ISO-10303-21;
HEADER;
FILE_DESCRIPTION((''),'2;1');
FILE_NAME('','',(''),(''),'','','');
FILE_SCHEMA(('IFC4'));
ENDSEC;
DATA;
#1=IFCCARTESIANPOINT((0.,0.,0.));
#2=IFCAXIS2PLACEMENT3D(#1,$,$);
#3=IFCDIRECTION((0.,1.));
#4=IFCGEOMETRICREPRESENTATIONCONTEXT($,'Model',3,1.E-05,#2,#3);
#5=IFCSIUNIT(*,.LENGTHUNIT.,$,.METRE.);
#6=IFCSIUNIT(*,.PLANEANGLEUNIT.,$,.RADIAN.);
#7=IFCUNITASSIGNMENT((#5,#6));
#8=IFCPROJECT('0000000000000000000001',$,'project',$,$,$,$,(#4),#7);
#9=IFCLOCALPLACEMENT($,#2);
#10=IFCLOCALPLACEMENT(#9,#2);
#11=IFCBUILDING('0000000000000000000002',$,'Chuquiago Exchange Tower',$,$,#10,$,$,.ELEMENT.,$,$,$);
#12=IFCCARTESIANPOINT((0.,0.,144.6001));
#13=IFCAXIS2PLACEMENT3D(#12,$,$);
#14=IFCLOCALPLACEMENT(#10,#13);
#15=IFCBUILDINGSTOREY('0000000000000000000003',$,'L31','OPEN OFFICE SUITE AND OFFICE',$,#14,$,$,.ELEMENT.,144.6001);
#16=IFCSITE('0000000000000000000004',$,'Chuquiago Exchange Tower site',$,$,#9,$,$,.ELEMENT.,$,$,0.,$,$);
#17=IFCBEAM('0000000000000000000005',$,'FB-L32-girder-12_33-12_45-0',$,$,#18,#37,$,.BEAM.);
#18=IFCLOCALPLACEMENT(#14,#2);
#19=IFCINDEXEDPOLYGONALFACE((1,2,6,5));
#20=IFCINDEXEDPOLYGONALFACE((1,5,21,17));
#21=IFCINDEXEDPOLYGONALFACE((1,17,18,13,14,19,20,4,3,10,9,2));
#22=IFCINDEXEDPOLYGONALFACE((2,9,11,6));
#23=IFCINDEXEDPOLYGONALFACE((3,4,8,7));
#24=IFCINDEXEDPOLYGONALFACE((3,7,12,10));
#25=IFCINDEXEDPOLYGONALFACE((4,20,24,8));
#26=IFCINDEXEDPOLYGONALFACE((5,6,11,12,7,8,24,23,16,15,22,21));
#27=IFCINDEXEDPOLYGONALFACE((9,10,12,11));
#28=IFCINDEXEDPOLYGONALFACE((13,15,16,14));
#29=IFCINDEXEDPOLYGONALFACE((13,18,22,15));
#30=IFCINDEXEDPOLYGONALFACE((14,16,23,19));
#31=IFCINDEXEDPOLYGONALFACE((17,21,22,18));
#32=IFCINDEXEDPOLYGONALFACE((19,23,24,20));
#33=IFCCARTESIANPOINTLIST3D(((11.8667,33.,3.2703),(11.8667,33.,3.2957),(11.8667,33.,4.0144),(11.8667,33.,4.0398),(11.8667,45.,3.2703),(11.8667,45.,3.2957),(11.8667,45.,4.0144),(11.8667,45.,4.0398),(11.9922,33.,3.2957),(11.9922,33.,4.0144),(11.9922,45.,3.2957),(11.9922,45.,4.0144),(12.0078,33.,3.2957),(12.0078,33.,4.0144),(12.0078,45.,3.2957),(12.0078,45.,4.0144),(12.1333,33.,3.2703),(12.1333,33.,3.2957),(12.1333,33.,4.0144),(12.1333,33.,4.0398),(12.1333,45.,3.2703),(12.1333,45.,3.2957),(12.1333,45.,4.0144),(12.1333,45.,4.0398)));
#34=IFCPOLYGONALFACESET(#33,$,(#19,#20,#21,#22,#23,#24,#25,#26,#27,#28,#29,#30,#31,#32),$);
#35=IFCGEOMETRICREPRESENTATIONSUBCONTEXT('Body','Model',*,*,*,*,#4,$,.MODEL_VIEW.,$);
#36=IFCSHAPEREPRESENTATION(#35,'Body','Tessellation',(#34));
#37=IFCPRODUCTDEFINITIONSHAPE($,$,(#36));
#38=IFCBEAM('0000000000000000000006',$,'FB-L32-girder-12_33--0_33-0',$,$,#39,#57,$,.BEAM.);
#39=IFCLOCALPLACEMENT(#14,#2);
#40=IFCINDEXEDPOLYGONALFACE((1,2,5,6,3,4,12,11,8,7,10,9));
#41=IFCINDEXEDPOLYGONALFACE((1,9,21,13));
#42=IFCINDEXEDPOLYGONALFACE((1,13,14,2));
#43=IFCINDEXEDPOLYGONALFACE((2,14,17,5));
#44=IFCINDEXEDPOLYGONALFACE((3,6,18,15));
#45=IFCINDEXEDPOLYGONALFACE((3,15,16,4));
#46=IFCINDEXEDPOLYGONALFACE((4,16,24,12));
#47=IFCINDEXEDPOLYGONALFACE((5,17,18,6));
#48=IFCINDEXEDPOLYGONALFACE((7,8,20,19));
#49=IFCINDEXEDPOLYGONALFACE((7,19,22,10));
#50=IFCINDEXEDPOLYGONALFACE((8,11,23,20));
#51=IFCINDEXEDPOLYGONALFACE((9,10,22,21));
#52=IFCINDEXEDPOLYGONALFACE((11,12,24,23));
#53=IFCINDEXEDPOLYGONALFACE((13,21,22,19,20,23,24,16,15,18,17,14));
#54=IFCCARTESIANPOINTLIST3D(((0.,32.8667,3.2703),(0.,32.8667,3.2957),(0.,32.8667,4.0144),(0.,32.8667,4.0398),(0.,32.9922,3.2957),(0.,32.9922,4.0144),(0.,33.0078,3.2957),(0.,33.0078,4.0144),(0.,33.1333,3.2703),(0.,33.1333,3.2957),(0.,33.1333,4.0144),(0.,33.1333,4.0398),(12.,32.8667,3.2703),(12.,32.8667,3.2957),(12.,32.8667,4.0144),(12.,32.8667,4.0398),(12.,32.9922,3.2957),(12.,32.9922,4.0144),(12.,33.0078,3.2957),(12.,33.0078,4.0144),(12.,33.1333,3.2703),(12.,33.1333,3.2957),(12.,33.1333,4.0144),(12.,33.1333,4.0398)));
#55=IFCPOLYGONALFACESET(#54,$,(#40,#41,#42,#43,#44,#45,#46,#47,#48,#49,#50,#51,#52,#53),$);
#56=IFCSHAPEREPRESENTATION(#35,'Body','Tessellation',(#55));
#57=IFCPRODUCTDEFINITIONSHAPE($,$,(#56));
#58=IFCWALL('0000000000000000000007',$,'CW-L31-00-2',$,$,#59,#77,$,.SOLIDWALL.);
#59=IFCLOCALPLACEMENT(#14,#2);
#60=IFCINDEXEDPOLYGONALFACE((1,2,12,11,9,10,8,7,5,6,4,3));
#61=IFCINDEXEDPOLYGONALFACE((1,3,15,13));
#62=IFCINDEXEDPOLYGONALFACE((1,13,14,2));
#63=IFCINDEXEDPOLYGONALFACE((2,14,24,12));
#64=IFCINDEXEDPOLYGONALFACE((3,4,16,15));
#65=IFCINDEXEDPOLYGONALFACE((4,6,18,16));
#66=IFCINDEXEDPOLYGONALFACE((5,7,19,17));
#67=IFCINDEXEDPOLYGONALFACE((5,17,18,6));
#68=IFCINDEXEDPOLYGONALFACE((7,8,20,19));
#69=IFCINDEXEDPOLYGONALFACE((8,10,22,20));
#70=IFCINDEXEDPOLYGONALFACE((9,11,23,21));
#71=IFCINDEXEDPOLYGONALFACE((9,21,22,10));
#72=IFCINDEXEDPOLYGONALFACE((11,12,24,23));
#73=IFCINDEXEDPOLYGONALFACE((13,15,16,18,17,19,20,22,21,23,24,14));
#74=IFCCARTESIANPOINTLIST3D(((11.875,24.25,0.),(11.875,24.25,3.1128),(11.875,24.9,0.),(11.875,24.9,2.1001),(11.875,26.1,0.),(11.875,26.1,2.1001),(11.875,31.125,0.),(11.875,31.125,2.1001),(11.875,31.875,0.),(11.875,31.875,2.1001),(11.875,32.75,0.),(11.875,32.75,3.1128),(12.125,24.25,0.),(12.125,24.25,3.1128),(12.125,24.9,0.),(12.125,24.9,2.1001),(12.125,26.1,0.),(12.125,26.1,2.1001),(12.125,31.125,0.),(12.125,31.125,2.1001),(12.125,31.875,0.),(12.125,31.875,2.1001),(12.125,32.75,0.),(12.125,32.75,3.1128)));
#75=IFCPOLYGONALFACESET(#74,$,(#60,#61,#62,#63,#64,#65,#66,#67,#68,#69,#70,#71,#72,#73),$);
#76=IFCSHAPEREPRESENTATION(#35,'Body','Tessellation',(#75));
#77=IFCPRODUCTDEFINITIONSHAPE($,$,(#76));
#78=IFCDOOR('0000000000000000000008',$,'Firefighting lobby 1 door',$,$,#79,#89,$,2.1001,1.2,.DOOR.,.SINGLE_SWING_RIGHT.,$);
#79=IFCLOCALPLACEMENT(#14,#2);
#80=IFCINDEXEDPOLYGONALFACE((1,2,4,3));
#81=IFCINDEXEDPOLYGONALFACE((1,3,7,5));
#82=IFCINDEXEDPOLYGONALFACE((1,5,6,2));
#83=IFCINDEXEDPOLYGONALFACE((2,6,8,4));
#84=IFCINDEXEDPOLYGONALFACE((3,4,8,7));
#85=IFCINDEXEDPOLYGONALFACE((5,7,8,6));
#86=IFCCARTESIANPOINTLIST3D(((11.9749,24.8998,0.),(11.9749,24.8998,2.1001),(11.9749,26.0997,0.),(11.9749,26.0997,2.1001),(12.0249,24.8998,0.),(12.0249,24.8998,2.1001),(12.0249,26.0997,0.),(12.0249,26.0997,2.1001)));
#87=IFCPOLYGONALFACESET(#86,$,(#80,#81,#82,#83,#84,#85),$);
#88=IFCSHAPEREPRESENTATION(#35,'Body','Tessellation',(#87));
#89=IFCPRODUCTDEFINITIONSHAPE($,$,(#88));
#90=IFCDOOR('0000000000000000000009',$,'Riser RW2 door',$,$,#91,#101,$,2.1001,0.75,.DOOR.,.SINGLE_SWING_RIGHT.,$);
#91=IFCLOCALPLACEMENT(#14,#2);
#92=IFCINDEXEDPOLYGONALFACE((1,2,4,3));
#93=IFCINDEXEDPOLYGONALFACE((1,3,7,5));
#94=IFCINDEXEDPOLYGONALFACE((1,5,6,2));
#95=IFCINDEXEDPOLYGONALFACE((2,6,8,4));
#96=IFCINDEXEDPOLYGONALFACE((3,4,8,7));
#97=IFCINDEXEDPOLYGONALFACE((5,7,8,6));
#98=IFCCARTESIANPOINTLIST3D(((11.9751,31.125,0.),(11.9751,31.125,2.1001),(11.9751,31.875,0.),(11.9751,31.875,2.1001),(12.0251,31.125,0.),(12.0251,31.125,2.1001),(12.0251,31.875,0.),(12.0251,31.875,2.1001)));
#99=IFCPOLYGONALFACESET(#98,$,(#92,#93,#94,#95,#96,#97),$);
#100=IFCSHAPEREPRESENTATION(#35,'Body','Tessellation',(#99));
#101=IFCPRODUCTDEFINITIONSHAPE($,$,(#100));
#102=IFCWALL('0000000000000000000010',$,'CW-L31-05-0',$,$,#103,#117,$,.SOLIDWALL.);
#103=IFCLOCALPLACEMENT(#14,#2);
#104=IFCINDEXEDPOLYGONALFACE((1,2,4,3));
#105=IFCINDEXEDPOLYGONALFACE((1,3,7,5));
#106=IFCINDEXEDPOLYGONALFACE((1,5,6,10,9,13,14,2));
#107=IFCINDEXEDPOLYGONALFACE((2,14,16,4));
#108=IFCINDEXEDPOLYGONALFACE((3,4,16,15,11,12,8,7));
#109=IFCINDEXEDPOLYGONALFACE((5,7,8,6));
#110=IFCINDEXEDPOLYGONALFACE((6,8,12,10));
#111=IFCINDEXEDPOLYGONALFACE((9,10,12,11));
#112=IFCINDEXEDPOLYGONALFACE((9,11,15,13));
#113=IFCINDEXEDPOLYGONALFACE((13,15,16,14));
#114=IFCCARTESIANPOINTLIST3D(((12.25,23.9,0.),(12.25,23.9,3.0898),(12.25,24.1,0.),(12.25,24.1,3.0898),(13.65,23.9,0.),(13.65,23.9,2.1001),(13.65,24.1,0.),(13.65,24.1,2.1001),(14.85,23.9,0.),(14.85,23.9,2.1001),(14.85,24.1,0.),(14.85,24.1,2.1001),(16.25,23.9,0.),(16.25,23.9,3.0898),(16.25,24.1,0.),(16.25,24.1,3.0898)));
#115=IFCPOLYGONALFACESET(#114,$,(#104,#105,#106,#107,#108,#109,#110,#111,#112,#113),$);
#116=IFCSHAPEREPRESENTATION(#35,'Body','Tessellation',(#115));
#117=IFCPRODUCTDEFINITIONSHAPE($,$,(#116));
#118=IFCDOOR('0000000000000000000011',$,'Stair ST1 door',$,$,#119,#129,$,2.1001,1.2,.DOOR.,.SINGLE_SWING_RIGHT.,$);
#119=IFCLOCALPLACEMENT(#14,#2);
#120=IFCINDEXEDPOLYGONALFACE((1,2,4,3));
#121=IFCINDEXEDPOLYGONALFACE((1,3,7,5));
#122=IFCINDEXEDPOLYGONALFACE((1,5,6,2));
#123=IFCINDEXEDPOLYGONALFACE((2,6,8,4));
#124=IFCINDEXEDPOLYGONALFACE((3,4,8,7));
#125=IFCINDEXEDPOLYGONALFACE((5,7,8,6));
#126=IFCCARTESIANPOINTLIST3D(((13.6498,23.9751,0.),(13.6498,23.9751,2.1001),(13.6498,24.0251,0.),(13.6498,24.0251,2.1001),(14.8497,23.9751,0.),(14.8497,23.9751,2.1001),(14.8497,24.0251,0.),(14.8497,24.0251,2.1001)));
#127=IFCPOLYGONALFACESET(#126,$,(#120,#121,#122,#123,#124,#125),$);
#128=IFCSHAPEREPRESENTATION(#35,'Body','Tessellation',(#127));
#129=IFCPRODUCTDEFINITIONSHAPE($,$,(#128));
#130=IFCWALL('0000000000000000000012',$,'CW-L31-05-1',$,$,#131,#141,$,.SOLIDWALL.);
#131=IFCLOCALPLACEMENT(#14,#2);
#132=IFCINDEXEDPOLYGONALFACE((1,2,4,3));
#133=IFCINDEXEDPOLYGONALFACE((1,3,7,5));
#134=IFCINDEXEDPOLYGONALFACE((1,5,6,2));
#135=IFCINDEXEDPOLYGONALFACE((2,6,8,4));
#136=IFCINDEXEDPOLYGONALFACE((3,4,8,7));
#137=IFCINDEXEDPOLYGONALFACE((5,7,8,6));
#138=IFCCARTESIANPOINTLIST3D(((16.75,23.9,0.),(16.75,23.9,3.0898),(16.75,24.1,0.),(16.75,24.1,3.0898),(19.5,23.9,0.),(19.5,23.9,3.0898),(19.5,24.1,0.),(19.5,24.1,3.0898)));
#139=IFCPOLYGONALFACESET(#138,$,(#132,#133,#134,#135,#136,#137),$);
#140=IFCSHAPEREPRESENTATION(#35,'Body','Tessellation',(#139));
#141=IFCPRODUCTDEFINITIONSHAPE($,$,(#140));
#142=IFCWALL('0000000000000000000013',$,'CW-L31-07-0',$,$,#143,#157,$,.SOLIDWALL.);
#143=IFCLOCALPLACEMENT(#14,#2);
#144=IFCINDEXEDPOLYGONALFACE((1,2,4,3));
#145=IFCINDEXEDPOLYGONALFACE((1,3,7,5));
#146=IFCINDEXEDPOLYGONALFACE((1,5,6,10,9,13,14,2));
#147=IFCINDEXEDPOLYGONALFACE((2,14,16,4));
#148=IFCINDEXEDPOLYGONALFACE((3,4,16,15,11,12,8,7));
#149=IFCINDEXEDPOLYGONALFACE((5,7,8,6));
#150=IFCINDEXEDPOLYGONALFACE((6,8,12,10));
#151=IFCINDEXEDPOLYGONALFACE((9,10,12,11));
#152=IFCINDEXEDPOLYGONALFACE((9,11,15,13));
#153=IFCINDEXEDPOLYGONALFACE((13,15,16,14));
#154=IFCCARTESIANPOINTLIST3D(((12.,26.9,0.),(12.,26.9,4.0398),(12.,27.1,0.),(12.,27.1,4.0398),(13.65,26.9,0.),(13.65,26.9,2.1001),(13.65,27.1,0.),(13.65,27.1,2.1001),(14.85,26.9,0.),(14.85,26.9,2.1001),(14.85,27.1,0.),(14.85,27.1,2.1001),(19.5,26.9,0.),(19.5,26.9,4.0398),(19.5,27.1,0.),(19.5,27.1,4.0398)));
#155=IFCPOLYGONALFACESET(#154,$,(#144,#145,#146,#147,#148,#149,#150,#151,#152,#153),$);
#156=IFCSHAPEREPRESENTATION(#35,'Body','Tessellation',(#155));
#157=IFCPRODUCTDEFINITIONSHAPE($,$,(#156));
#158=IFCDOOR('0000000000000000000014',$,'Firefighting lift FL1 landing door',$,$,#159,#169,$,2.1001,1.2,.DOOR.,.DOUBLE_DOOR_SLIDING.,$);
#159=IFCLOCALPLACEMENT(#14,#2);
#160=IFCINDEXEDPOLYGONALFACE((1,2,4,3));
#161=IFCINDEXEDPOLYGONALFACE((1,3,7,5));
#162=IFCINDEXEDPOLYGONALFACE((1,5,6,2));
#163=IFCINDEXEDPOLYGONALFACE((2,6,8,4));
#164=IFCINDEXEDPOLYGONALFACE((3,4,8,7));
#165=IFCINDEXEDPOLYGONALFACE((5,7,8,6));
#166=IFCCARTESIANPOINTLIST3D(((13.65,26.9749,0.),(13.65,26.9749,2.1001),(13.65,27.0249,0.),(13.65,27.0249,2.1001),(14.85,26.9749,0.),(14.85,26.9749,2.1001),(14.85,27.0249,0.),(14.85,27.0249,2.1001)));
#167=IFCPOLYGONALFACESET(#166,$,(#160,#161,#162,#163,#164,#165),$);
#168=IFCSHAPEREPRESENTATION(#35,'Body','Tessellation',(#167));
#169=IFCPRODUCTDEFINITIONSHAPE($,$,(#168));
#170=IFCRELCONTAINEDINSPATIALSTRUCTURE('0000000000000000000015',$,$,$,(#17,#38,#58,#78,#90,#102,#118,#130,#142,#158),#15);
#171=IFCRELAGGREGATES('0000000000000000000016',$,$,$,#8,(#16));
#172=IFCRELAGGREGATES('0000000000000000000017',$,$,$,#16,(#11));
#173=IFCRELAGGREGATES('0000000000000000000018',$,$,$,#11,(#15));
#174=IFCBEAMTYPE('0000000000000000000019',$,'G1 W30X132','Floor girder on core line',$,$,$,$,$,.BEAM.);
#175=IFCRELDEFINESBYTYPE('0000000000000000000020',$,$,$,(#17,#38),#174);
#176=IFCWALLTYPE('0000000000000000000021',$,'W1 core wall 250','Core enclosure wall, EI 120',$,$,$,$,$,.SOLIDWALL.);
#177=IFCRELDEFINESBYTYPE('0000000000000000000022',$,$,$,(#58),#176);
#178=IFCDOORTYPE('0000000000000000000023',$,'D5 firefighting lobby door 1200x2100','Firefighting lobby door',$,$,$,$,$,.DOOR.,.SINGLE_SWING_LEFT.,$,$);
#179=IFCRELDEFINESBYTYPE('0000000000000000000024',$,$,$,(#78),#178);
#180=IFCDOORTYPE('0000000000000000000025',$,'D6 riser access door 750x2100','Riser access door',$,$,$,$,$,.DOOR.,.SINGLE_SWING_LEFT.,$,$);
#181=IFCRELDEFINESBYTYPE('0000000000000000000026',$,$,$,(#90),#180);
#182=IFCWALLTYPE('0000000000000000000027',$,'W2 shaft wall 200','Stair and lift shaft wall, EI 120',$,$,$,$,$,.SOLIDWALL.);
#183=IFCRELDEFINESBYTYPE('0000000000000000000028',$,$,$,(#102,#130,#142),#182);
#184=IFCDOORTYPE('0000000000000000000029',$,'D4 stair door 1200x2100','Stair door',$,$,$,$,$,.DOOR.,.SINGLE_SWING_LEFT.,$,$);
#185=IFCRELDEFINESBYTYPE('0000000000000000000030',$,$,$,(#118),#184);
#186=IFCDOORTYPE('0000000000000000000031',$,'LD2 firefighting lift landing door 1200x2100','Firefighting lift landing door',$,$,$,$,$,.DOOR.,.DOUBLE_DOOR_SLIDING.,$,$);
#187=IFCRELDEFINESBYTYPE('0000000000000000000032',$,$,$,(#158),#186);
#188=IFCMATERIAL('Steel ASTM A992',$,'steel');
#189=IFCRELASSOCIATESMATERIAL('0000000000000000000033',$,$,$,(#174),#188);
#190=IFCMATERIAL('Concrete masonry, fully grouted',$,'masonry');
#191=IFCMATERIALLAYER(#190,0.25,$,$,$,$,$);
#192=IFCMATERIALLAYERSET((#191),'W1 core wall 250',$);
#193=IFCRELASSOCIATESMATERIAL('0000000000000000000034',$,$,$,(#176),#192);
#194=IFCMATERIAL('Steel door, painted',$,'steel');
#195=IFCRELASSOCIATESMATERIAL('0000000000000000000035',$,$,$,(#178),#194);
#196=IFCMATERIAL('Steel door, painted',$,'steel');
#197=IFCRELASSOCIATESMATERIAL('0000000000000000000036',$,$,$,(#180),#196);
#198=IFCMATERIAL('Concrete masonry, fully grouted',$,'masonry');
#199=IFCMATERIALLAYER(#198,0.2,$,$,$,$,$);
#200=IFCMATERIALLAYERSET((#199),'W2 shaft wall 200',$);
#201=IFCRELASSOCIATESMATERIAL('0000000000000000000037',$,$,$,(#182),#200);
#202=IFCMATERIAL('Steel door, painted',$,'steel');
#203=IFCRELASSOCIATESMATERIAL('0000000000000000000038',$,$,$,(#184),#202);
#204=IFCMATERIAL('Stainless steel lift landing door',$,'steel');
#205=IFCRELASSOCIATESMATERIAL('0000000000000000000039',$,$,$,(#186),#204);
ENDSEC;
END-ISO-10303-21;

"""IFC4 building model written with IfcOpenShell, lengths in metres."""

from ifc_helpers import new_model, si_unit, direction, frame, frame_2d, origin, origin_2d, place, context, subcontext, project, spatial, rectangle, i_section, extrude, material, layer, layer_set, material_profile, profile_set, type_object, element, fill, save


model = new_model("IFC4")

# Units and contexts
model_context = context("Model", 3, precision=1e-05, world=origin(), true_north=direction((0.0, 1.0)))
body_context = subcontext(model_context, "Body", "Model", "MODEL_VIEW")
ifc_project = project(units=[si_unit("LENGTHUNIT", "METRE"), si_unit("PLANEANGLEUNIT", "RADIAN")], contexts=[model_context])

# Site, building, storey
site_placement = place(None, origin())
site = spatial("IfcSite", under=ifc_project, at=site_placement, Name="Chuquiago Exchange Tower site", CompositionType="ELEMENT", RefElevation=0.0)
building_placement = place(site_placement, origin())
building = spatial("IfcBuilding", under=site, at=building_placement, Name="Chuquiago Exchange Tower", CompositionType="ELEMENT")
storey_placement = place(building_placement, frame((0.0, 0.0, 144.6001)))
storey = spatial("IfcBuildingStorey", under=building, at=storey_placement, Name="L31", Description="OPEN OFFICE SUITE AND OFFICE", CompositionType="ELEMENT", Elevation=144.6001)

# Beams
ifc_material_1 = material(Name="Steel ASTM A992", Category="steel")
ifc_material_profile_1 = material_profile(ifc_material_1, i_section(OverallWidth=0.2666, OverallDepth=0.7695, WebThickness=0.0156, FlangeThickness=0.0254, at=origin_2d()), Name="W30X132")
ifc_profile_set_1 = profile_set([ifc_material_profile_1], Name="Steel ASTM A992")
beam_type_1 = type_object("IfcBeamType", Name="G1 W30X132", Description="Floor girder on core line", PredefinedType="BEAM", material=ifc_profile_set_1)
for number, where, z_axis, x_axis, name in (
    (1, (12.0, 33.0, 3.655), (0.0, 1.0, 0.0), (-1.0, 0.0, 0.0), "FB-L32-girder-12_33-12_45-0"),
    (2, (12.0, 33.0, 3.655), (-1.0, 0.0, 0.0), (0.0, -1.0, 0.0), "FB-L32-girder-12_33--0_33-0"),
):
    element("IfcBeam", number, at=place(storey_placement, frame(where, z_axis=z_axis, x_axis=x_axis)), inside=storey, type_object=beam_type_1, Name=name, PredefinedType="BEAM", context=body_context, shape_type="SweptSolid", body=[
        extrude(i_section(OverallWidth=0.2666, OverallDepth=0.7695, WebThickness=0.0156, FlangeThickness=0.0254, at=origin_2d()), origin(), (0.0, 0.0, 1.0), 12.0),
    ])

# Wall, openings, doors
ifc_material_2 = material(Name="Concrete masonry, fully grouted", Category="masonry")
ifc_layer_1 = layer(ifc_material_2, 0.25)
ifc_layer_set_1 = layer_set([ifc_layer_1], Name="W1 core wall 250")
wall_type_1 = type_object("IfcWallType", Name="W1 core wall 250", Description="Core enclosure wall, EI 120", PredefinedType="SOLIDWALL", material=ifc_layer_set_1)
wall_1_placement = place(storey_placement, frame((12.0, 24.25, 0.0), z_axis=(0.0, 0.0, 1.0), x_axis=(0.0, 1.0, 0.0)))
wall_1 = element("IfcWall", 3, at=wall_1_placement, inside=storey, type_object=wall_type_1, Name="CW-L31-00-2", PredefinedType="SOLIDWALL", context=body_context, shape_type="SweptSolid", body=[
    extrude(rectangle(XDim=8.5, YDim=0.25, at=frame_2d((4.25, 0.0))), origin(), (0.0, 0.0, 1.0), 3.1128),
])
opening_1_placement = place(wall_1_placement, frame((0.6499, 0.0, 0.0)))
opening_1 = element("IfcOpeningElement", 4, at=opening_1_placement, cuts=wall_1, PredefinedType="OPENING", context=body_context, shape_type="SweptSolid", body=[
    extrude(rectangle(XDim=1.2, YDim=2.1001, at=frame_2d((0.6001, 1.05))), frame((0.0, 0.135, 0.0), z_axis=(0.0, -1.0, 0.0), x_axis=(1.0, 0.0, 0.0)), (0.0, 0.0, 1.0), 0.27),
])
opening_2_placement = place(wall_1_placement, frame((6.875, 0.0, 0.0)))
opening_2 = element("IfcOpeningElement", 5, at=opening_2_placement, cuts=wall_1, PredefinedType="OPENING", context=body_context, shape_type="SweptSolid", body=[
    extrude(rectangle(XDim=0.75, YDim=2.1001, at=frame_2d((0.375, 1.05))), frame((0.0, 0.135, 0.0), z_axis=(0.0, -1.0, 0.0), x_axis=(1.0, 0.0, 0.0)), (0.0, 0.0, 1.0), 0.27),
])
ifc_material_3 = material(Name="Steel door, painted", Category="steel")
door_type_1 = type_object("IfcDoorType", Name="D5 firefighting lobby door 1200x2100", Description="Firefighting lobby door", OperationType="SINGLE_SWING_LEFT", PredefinedType="DOOR", material=ifc_material_3)
door_1_placement = place(opening_1_placement, frame((1.2, 0.0, 0.0), z_axis=(0.0, 0.0, 1.0), x_axis=(-1.0, 0.0, 0.0)))
door_1 = element("IfcDoor", 6, at=door_1_placement, inside=storey, type_object=door_type_1, Name="Firefighting lobby 1 door", OperationType="SINGLE_SWING_RIGHT", OverallHeight=2.1001, OverallWidth=1.2, PredefinedType="DOOR", context=body_context, shape_type="SweptSolid", body=[
    extrude(rectangle(XDim=1.2, YDim=2.1001, at=frame_2d((0.6001, 1.05))), frame((0.0, 0.0249, 0.0), z_axis=(0.0, -1.0, 0.0), x_axis=(1.0, 0.0, 0.0)), (0.0, 0.0, 1.0), 0.05),
])
fill(opening_1, door_1)
ifc_material_4 = material(Name="Steel door, painted", Category="steel")
door_type_2 = type_object("IfcDoorType", Name="D6 riser access door 750x2100", Description="Riser access door", OperationType="SINGLE_SWING_LEFT", PredefinedType="DOOR", material=ifc_material_4)
door_2_placement = place(opening_2_placement, origin())
door_2 = element("IfcDoor", 7, at=door_2_placement, inside=storey, type_object=door_type_2, Name="Riser RW2 door", OperationType="SINGLE_SWING_RIGHT", OverallHeight=2.1001, OverallWidth=0.75, PredefinedType="DOOR", context=body_context, shape_type="SweptSolid", body=[
    extrude(rectangle(XDim=0.75, YDim=2.1001, at=frame_2d((0.375, 1.05))), frame((0.0, 0.0249, 0.0), z_axis=(0.0, -1.0, 0.0), x_axis=(1.0, 0.0, 0.0)), (0.0, 0.0, 1.0), 0.05),
])
fill(opening_2, door_2)

# Wall, opening, door
ifc_material_5 = material(Name="Concrete masonry, fully grouted", Category="masonry")
ifc_layer_2 = layer(ifc_material_5, 0.2)
ifc_layer_set_2 = layer_set([ifc_layer_2], Name="W2 shaft wall 200")
wall_type_2 = type_object("IfcWallType", Name="W2 shaft wall 200", Description="Stair and lift shaft wall, EI 120", PredefinedType="SOLIDWALL", material=ifc_layer_set_2)
wall_2_placement = place(storey_placement, frame((12.25, 24.0, 0.0), z_axis=(0.0, 0.0, 1.0), x_axis=(1.0, 0.0, 0.0)))
wall_2 = element("IfcWall", 8, at=wall_2_placement, inside=storey, type_object=wall_type_2, Name="CW-L31-05-0", PredefinedType="SOLIDWALL", context=body_context, shape_type="SweptSolid", body=[
    extrude(rectangle(XDim=4.0, YDim=0.2, at=frame_2d((2.0, 0.0))), origin(), (0.0, 0.0, 1.0), 3.0898),
])
opening_3_placement = place(wall_2_placement, frame((1.3999, 0.0, 0.0)))
opening_3 = element("IfcOpeningElement", 9, at=opening_3_placement, cuts=wall_2, PredefinedType="OPENING", context=body_context, shape_type="SweptSolid", body=[
    extrude(rectangle(XDim=1.2, YDim=2.1001, at=frame_2d((0.6001, 1.05))), frame((0.0, 0.1099, 0.0), z_axis=(0.0, -1.0, 0.0), x_axis=(1.0, 0.0, 0.0)), (0.0, 0.0, 1.0), 0.22),
])
ifc_material_6 = material(Name="Steel door, painted", Category="steel")
door_type_3 = type_object("IfcDoorType", Name="D4 stair door 1200x2100", Description="Stair door", OperationType="SINGLE_SWING_LEFT", PredefinedType="DOOR", material=ifc_material_6)
door_3_placement = place(opening_3_placement, frame((1.2, 0.0, 0.0), z_axis=(0.0, 0.0, 1.0), x_axis=(-1.0, 0.0, 0.0)))
door_3 = element("IfcDoor", 10, at=door_3_placement, inside=storey, type_object=door_type_3, Name="Stair ST1 door", OperationType="SINGLE_SWING_RIGHT", OverallHeight=2.1001, OverallWidth=1.2, PredefinedType="DOOR", context=body_context, shape_type="SweptSolid", body=[
    extrude(rectangle(XDim=1.2, YDim=2.1001, at=frame_2d((0.6001, 1.05))), frame((0.0, 0.0249, 0.0), z_axis=(0.0, -1.0, 0.0), x_axis=(1.0, 0.0, 0.0)), (0.0, 0.0, 1.0), 0.05),
])
fill(opening_3, door_3)

# Wall
wall_3_placement = place(storey_placement, frame((16.75, 24.0, 0.0), z_axis=(0.0, 0.0, 1.0), x_axis=(1.0, 0.0, 0.0)))
element("IfcWall", 11, at=wall_3_placement, inside=storey, type_object=wall_type_2, Name="CW-L31-05-1", PredefinedType="SOLIDWALL", context=body_context, shape_type="SweptSolid", body=[
    extrude(rectangle(XDim=2.75, YDim=0.2, at=frame_2d((1.375, 0.0))), origin(), (0.0, 0.0, 1.0), 3.0898),
])

# Wall, opening, door
wall_4_placement = place(storey_placement, frame((12.0, 27.0, 0.0), z_axis=(0.0, 0.0, 1.0), x_axis=(1.0, 0.0, 0.0)))
wall_4 = element("IfcWall", 12, at=wall_4_placement, inside=storey, type_object=wall_type_2, Name="CW-L31-07-0", PredefinedType="SOLIDWALL", context=body_context, shape_type="SweptSolid", body=[
    extrude(rectangle(XDim=7.5, YDim=0.2, at=frame_2d((3.75, 0.0))), origin(), (0.0, 0.0, 1.0), 4.0398),
])
opening_4_placement = place(wall_4_placement, frame((1.6499, 0.0, 0.0)))
opening_4 = element("IfcOpeningElement", 13, at=opening_4_placement, cuts=wall_4, PredefinedType="OPENING", context=body_context, shape_type="SweptSolid", body=[
    extrude(rectangle(XDim=1.2, YDim=2.1001, at=frame_2d((0.6001, 1.05))), frame((0.0, 0.1099, 0.0), z_axis=(0.0, -1.0, 0.0), x_axis=(1.0, 0.0, 0.0)), (0.0, 0.0, 1.0), 0.22),
])
ifc_material_7 = material(Name="Stainless steel lift landing door", Category="steel")
door_type_4 = type_object("IfcDoorType", Name="LD2 firefighting lift landing door 1200x2100", Description="Firefighting lift landing door", OperationType="DOUBLE_DOOR_SLIDING", PredefinedType="DOOR", material=ifc_material_7)
door_4_placement = place(opening_4_placement, origin())
door_4 = element("IfcDoor", 14, at=door_4_placement, inside=storey, type_object=door_type_4, Name="Firefighting lift FL1 landing door", OperationType="DOUBLE_DOOR_SLIDING", OverallHeight=2.1001, OverallWidth=1.2, PredefinedType="DOOR", context=body_context, shape_type="SweptSolid", body=[
    extrude(rectangle(XDim=1.2, YDim=2.1001, at=frame_2d((0.6001, 1.05))), frame((0.0, 0.0249, 0.0), z_axis=(0.0, -1.0, 0.0), x_axis=(1.0, 0.0, 0.0)), (0.0, 0.0, 1.0), 0.05),
])
fill(opening_4, door_4)

save(model, "model.ifc")
